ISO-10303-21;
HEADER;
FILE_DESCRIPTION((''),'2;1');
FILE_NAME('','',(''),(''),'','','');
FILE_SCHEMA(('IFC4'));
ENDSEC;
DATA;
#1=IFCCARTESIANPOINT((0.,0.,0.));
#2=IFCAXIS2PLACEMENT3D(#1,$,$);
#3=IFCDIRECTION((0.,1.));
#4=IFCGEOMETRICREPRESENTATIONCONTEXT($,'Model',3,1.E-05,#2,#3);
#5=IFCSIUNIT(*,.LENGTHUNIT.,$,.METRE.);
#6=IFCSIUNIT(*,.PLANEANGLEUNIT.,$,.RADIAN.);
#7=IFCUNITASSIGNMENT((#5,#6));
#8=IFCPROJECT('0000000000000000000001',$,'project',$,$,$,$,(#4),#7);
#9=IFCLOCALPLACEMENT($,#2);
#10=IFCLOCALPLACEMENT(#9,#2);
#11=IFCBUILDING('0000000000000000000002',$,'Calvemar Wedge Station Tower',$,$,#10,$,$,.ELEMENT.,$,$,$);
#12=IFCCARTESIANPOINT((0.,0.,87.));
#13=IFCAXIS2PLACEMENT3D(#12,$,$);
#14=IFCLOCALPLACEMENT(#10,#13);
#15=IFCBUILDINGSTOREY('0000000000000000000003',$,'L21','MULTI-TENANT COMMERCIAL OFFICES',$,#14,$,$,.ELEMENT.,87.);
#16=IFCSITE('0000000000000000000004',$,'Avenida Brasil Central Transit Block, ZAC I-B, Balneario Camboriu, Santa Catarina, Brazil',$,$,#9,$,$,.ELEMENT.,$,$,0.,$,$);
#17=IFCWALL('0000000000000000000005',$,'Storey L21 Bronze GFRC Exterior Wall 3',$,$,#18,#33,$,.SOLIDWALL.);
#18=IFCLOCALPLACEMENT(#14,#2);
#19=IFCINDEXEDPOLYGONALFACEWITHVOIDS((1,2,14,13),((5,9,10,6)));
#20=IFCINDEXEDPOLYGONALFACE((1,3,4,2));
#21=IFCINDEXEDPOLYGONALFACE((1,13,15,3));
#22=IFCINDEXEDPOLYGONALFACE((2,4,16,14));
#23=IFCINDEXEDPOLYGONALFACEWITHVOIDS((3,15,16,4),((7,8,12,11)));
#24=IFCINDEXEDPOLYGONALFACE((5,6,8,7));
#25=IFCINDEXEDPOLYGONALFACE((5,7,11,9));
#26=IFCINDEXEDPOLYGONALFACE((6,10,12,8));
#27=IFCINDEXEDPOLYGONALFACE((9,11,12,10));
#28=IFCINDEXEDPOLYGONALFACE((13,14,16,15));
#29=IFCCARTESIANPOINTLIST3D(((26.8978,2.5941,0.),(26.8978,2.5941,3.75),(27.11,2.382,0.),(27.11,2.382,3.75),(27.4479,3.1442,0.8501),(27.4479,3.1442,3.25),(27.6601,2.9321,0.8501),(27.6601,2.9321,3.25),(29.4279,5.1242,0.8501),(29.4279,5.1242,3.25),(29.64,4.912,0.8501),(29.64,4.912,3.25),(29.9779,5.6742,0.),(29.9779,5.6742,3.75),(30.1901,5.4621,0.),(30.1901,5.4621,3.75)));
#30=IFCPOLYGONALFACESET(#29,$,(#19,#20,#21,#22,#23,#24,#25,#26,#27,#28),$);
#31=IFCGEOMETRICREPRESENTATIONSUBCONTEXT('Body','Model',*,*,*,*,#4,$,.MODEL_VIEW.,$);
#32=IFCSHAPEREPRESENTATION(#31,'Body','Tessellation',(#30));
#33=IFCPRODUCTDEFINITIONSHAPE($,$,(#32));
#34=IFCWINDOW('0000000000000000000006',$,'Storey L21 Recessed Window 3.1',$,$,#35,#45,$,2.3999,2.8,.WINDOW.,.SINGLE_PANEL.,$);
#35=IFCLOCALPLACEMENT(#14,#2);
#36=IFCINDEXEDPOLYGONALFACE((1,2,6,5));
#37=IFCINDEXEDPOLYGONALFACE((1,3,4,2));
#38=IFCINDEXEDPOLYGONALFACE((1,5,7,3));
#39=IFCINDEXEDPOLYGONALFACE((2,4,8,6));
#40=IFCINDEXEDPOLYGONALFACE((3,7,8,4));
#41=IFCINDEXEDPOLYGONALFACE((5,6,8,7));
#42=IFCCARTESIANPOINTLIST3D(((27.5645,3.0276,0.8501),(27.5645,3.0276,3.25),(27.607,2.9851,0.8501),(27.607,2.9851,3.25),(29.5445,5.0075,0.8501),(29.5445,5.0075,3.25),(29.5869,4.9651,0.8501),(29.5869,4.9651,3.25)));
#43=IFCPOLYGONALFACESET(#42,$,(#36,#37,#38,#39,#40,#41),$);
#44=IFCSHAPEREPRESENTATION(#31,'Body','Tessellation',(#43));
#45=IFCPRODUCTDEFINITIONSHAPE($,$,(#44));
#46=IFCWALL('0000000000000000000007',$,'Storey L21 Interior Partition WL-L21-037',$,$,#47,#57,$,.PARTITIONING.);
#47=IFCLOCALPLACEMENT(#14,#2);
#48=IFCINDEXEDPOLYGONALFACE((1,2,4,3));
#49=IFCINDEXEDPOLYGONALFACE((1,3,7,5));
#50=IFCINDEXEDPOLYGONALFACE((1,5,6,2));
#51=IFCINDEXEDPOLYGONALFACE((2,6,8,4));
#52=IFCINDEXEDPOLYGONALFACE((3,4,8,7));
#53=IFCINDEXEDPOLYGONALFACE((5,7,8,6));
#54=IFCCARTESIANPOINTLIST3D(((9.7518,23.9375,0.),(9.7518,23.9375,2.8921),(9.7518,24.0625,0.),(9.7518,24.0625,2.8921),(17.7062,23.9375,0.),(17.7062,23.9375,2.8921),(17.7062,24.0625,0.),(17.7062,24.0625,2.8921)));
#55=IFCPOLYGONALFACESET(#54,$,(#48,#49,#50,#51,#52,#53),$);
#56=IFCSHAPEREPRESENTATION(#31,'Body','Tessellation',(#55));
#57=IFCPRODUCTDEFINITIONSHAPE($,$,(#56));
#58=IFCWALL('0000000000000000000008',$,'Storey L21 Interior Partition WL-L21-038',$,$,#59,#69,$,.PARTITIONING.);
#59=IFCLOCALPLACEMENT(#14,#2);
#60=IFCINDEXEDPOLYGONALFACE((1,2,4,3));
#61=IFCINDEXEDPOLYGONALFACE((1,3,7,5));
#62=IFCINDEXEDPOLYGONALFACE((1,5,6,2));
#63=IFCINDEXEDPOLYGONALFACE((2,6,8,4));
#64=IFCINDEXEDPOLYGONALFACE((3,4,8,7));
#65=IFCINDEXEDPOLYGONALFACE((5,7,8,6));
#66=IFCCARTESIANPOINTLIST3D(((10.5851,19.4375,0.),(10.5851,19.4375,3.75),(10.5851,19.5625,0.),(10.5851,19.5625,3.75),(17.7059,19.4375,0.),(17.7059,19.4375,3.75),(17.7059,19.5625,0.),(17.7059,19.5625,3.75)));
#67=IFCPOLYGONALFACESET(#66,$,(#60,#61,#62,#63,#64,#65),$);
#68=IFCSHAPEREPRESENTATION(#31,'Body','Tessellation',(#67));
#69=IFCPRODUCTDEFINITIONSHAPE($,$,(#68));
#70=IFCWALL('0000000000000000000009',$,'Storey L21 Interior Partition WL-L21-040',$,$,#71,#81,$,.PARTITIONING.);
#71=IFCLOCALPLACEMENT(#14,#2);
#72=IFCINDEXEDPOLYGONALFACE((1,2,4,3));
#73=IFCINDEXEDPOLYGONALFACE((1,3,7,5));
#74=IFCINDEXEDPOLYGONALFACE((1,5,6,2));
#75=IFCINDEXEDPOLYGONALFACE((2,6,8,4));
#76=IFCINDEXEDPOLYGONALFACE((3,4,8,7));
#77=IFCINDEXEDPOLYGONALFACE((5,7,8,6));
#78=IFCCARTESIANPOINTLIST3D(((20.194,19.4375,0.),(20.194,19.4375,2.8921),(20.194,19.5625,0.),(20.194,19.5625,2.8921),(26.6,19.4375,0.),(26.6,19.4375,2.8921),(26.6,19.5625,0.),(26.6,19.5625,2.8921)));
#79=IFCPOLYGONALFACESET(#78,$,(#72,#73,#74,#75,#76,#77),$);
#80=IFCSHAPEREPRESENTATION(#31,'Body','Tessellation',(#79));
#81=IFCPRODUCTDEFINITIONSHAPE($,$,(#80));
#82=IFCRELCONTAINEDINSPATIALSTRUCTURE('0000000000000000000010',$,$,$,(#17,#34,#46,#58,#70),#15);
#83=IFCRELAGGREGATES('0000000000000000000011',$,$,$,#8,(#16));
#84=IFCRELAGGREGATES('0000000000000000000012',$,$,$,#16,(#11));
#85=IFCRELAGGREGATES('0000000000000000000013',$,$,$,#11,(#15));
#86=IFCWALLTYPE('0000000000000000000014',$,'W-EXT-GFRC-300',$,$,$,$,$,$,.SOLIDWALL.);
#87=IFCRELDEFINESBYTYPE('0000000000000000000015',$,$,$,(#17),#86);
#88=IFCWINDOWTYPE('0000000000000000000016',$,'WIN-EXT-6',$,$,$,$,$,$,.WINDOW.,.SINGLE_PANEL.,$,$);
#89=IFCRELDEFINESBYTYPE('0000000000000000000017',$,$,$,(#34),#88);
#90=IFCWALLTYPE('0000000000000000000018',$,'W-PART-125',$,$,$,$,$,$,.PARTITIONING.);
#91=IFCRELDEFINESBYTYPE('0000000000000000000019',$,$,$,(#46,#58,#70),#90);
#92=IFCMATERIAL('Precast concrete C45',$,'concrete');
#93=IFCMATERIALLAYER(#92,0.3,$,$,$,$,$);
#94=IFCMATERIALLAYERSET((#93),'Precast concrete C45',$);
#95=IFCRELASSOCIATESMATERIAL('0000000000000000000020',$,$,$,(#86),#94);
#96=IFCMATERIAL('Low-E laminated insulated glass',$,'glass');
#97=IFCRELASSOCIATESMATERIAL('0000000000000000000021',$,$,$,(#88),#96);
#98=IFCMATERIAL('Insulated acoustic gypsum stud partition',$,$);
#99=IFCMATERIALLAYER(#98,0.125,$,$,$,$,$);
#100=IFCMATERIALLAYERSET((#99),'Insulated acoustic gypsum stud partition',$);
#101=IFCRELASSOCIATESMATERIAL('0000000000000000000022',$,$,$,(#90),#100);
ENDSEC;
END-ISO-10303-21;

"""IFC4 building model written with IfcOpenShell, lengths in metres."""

from ifc_helpers import new_model, si_unit, direction, frame, frame_2d, origin, place, context, subcontext, project, spatial, rectangle, extrude, source, transform, mapped, material, layer, layer_set, type_object, element, fill, save


model = new_model("IFC4")

# Units and contexts
model_context = context("Model", 3, precision=1e-05, world=origin(), true_north=direction((0.0, 1.0)))
body_context = subcontext(model_context, "Body", "Model", "MODEL_VIEW")
ifc_project = project(units=[si_unit("LENGTHUNIT", "METRE"), si_unit("PLANEANGLEUNIT", "RADIAN")], contexts=[model_context])

# Site, building, storey
site_placement = place(None, origin())
site = spatial("IfcSite", under=ifc_project, at=site_placement, Name="Avenida Brasil Central Transit Block, ZAC I-B, Balneario Camboriu, Santa Catarina, Brazil", CompositionType="ELEMENT", RefElevation=0.0)
building_placement = place(site_placement, origin())
building = spatial("IfcBuilding", under=site, at=building_placement, Name="Calvemar Wedge Station Tower", CompositionType="ELEMENT")
storey_placement = place(building_placement, frame((0.0, 0.0, 87.0)))
storey = spatial("IfcBuildingStorey", under=building, at=storey_placement, Name="L21", Description="MULTI-TENANT COMMERCIAL OFFICES", CompositionType="ELEMENT", Elevation=87.0)

# Wall, opening, window
ifc_material_1 = material(Name="Precast concrete C45", Category="concrete")
ifc_layer_1 = layer(ifc_material_1, 0.3)
ifc_layer_set_1 = layer_set([ifc_layer_1], Name="Precast concrete C45")
wall_type_1 = type_object("IfcWallType", Name="W-EXT-GFRC-300", PredefinedType="SOLIDWALL", material=ifc_layer_set_1)
wall_1_placement = place(storey_placement, frame((27.0039, 2.488, 0.0), z_axis=(0.0, 0.0, 1.0), x_axis=(0.707107, 0.707107, 0.0)))
wall_1 = element("IfcWall", 1, at=wall_1_placement, inside=storey, type_object=wall_type_1, Name="Storey L21 Bronze GFRC Exterior Wall 3", PredefinedType="SOLIDWALL", context=body_context, shape_type="SweptSolid", body=[
    extrude(rectangle(XDim=4.356, YDim=0.3, at=frame_2d((2.178, 0.0))), origin(), (0.0, 0.0, 1.0), 3.75),
])
shared_shape_1 = source(origin(), body_context, "Body", "SweptSolid", [
    extrude(rectangle(XDim=2.8, YDim=2.3999, at=frame_2d((1.3999, 1.2))), frame((0.0, 0.1602, 0.0), z_axis=(0.0, -1.0, 0.0), x_axis=(1.0, 0.0, 0.0)), (0.0, 0.0, 1.0), 0.3201),
])
opening_1_placement = place(wall_1_placement, frame((0.7781, 0.0, 0.8501)))
opening_1 = element("IfcOpeningElement", 2, at=opening_1_placement, cuts=wall_1, PredefinedType="OPENING", context=body_context, shape_type="MappedRepresentation", body=[
    mapped(shared_shape_1, transform((0.0, 0.0, 0.0), scale=1.0)),
])
ifc_material_2 = material(Name="Low-E laminated insulated glass", Category="glass")
window_type = type_object("IfcWindowType", Name="WIN-EXT-6", PartitioningType="SINGLE_PANEL", PredefinedType="WINDOW", material=ifc_material_2)
shared_shape_2 = source(origin(), body_context, "Body", "SweptSolid", [
    extrude(rectangle(XDim=2.8, YDim=2.3999, at=frame_2d((1.3999, 1.2))), frame((0.0, -0.0149, 0.0), z_axis=(0.0, -1.0, 0.0), x_axis=(1.0, 0.0, 0.0)), (0.0, 0.0, 1.0), 0.0601),
])
window_placement = place(opening_1_placement, origin())
window = element("IfcWindow", 3, at=window_placement, inside=storey, type_object=window_type, Name="Storey L21 Recessed Window 3.1", OverallHeight=2.3999, OverallWidth=2.8, PartitioningType="SINGLE_PANEL", PredefinedType="WINDOW", context=body_context, shape_type="MappedRepresentation", body=[
    mapped(shared_shape_2, transform((0.0, 0.0, 0.0), scale=1.0)),
])
fill(opening_1, window)

# Walls
ifc_material_3 = material(Name="Insulated acoustic gypsum stud partition")
ifc_layer_2 = layer(ifc_material_3, 0.125)
ifc_layer_set_2 = layer_set([ifc_layer_2], Name="Insulated acoustic gypsum stud partition")
wall_type_2 = type_object("IfcWallType", Name="W-PART-125", PredefinedType="PARTITIONING", material=ifc_layer_set_2)
wall_2_placement = place(storey_placement, frame((17.7061, 24.0, 0.0), z_axis=(0.0, 0.0, 1.0), x_axis=(-1.0, 0.0, 0.0)))
element("IfcWall", 4, at=wall_2_placement, inside=storey, type_object=wall_type_2, Name="Storey L21 Interior Partition WL-L21-037", PredefinedType="PARTITIONING", context=body_context, shape_type="SweptSolid", body=[
    extrude(rectangle(XDim=7.9543, YDim=0.125, at=frame_2d((3.9771, 0.0))), origin(), (0.0, 0.0, 1.0), 2.8921),
])
wall_3_placement = place(storey_placement, frame((17.7061, 19.5, 0.0), z_axis=(0.0, 0.0, 1.0), x_axis=(-1.0, 0.0, 0.0)))
element("IfcWall", 5, at=wall_3_placement, inside=storey, type_object=wall_type_2, Name="Storey L21 Interior Partition WL-L21-038", PredefinedType="PARTITIONING", context=body_context, shape_type="SweptSolid", body=[
    extrude(rectangle(XDim=7.1208, YDim=0.125, at=frame_2d((3.5605, 0.0))), origin(), (0.0, 0.0, 1.0), 3.75),
])
wall_4_placement = place(storey_placement, frame((26.6001, 19.5, 0.0), z_axis=(0.0, 0.0, 1.0), x_axis=(-1.0, 0.0, 0.0)))
element("IfcWall", 6, at=wall_4_placement, inside=storey, type_object=wall_type_2, Name="Storey L21 Interior Partition WL-L21-040", PredefinedType="PARTITIONING", context=body_context, shape_type="SweptSolid", body=[
    extrude(rectangle(XDim=6.406, YDim=0.125, at=frame_2d((3.2031, 0.0))), origin(), (0.0, 0.0, 1.0), 2.8921),
])

save(model, "model.ifc")
